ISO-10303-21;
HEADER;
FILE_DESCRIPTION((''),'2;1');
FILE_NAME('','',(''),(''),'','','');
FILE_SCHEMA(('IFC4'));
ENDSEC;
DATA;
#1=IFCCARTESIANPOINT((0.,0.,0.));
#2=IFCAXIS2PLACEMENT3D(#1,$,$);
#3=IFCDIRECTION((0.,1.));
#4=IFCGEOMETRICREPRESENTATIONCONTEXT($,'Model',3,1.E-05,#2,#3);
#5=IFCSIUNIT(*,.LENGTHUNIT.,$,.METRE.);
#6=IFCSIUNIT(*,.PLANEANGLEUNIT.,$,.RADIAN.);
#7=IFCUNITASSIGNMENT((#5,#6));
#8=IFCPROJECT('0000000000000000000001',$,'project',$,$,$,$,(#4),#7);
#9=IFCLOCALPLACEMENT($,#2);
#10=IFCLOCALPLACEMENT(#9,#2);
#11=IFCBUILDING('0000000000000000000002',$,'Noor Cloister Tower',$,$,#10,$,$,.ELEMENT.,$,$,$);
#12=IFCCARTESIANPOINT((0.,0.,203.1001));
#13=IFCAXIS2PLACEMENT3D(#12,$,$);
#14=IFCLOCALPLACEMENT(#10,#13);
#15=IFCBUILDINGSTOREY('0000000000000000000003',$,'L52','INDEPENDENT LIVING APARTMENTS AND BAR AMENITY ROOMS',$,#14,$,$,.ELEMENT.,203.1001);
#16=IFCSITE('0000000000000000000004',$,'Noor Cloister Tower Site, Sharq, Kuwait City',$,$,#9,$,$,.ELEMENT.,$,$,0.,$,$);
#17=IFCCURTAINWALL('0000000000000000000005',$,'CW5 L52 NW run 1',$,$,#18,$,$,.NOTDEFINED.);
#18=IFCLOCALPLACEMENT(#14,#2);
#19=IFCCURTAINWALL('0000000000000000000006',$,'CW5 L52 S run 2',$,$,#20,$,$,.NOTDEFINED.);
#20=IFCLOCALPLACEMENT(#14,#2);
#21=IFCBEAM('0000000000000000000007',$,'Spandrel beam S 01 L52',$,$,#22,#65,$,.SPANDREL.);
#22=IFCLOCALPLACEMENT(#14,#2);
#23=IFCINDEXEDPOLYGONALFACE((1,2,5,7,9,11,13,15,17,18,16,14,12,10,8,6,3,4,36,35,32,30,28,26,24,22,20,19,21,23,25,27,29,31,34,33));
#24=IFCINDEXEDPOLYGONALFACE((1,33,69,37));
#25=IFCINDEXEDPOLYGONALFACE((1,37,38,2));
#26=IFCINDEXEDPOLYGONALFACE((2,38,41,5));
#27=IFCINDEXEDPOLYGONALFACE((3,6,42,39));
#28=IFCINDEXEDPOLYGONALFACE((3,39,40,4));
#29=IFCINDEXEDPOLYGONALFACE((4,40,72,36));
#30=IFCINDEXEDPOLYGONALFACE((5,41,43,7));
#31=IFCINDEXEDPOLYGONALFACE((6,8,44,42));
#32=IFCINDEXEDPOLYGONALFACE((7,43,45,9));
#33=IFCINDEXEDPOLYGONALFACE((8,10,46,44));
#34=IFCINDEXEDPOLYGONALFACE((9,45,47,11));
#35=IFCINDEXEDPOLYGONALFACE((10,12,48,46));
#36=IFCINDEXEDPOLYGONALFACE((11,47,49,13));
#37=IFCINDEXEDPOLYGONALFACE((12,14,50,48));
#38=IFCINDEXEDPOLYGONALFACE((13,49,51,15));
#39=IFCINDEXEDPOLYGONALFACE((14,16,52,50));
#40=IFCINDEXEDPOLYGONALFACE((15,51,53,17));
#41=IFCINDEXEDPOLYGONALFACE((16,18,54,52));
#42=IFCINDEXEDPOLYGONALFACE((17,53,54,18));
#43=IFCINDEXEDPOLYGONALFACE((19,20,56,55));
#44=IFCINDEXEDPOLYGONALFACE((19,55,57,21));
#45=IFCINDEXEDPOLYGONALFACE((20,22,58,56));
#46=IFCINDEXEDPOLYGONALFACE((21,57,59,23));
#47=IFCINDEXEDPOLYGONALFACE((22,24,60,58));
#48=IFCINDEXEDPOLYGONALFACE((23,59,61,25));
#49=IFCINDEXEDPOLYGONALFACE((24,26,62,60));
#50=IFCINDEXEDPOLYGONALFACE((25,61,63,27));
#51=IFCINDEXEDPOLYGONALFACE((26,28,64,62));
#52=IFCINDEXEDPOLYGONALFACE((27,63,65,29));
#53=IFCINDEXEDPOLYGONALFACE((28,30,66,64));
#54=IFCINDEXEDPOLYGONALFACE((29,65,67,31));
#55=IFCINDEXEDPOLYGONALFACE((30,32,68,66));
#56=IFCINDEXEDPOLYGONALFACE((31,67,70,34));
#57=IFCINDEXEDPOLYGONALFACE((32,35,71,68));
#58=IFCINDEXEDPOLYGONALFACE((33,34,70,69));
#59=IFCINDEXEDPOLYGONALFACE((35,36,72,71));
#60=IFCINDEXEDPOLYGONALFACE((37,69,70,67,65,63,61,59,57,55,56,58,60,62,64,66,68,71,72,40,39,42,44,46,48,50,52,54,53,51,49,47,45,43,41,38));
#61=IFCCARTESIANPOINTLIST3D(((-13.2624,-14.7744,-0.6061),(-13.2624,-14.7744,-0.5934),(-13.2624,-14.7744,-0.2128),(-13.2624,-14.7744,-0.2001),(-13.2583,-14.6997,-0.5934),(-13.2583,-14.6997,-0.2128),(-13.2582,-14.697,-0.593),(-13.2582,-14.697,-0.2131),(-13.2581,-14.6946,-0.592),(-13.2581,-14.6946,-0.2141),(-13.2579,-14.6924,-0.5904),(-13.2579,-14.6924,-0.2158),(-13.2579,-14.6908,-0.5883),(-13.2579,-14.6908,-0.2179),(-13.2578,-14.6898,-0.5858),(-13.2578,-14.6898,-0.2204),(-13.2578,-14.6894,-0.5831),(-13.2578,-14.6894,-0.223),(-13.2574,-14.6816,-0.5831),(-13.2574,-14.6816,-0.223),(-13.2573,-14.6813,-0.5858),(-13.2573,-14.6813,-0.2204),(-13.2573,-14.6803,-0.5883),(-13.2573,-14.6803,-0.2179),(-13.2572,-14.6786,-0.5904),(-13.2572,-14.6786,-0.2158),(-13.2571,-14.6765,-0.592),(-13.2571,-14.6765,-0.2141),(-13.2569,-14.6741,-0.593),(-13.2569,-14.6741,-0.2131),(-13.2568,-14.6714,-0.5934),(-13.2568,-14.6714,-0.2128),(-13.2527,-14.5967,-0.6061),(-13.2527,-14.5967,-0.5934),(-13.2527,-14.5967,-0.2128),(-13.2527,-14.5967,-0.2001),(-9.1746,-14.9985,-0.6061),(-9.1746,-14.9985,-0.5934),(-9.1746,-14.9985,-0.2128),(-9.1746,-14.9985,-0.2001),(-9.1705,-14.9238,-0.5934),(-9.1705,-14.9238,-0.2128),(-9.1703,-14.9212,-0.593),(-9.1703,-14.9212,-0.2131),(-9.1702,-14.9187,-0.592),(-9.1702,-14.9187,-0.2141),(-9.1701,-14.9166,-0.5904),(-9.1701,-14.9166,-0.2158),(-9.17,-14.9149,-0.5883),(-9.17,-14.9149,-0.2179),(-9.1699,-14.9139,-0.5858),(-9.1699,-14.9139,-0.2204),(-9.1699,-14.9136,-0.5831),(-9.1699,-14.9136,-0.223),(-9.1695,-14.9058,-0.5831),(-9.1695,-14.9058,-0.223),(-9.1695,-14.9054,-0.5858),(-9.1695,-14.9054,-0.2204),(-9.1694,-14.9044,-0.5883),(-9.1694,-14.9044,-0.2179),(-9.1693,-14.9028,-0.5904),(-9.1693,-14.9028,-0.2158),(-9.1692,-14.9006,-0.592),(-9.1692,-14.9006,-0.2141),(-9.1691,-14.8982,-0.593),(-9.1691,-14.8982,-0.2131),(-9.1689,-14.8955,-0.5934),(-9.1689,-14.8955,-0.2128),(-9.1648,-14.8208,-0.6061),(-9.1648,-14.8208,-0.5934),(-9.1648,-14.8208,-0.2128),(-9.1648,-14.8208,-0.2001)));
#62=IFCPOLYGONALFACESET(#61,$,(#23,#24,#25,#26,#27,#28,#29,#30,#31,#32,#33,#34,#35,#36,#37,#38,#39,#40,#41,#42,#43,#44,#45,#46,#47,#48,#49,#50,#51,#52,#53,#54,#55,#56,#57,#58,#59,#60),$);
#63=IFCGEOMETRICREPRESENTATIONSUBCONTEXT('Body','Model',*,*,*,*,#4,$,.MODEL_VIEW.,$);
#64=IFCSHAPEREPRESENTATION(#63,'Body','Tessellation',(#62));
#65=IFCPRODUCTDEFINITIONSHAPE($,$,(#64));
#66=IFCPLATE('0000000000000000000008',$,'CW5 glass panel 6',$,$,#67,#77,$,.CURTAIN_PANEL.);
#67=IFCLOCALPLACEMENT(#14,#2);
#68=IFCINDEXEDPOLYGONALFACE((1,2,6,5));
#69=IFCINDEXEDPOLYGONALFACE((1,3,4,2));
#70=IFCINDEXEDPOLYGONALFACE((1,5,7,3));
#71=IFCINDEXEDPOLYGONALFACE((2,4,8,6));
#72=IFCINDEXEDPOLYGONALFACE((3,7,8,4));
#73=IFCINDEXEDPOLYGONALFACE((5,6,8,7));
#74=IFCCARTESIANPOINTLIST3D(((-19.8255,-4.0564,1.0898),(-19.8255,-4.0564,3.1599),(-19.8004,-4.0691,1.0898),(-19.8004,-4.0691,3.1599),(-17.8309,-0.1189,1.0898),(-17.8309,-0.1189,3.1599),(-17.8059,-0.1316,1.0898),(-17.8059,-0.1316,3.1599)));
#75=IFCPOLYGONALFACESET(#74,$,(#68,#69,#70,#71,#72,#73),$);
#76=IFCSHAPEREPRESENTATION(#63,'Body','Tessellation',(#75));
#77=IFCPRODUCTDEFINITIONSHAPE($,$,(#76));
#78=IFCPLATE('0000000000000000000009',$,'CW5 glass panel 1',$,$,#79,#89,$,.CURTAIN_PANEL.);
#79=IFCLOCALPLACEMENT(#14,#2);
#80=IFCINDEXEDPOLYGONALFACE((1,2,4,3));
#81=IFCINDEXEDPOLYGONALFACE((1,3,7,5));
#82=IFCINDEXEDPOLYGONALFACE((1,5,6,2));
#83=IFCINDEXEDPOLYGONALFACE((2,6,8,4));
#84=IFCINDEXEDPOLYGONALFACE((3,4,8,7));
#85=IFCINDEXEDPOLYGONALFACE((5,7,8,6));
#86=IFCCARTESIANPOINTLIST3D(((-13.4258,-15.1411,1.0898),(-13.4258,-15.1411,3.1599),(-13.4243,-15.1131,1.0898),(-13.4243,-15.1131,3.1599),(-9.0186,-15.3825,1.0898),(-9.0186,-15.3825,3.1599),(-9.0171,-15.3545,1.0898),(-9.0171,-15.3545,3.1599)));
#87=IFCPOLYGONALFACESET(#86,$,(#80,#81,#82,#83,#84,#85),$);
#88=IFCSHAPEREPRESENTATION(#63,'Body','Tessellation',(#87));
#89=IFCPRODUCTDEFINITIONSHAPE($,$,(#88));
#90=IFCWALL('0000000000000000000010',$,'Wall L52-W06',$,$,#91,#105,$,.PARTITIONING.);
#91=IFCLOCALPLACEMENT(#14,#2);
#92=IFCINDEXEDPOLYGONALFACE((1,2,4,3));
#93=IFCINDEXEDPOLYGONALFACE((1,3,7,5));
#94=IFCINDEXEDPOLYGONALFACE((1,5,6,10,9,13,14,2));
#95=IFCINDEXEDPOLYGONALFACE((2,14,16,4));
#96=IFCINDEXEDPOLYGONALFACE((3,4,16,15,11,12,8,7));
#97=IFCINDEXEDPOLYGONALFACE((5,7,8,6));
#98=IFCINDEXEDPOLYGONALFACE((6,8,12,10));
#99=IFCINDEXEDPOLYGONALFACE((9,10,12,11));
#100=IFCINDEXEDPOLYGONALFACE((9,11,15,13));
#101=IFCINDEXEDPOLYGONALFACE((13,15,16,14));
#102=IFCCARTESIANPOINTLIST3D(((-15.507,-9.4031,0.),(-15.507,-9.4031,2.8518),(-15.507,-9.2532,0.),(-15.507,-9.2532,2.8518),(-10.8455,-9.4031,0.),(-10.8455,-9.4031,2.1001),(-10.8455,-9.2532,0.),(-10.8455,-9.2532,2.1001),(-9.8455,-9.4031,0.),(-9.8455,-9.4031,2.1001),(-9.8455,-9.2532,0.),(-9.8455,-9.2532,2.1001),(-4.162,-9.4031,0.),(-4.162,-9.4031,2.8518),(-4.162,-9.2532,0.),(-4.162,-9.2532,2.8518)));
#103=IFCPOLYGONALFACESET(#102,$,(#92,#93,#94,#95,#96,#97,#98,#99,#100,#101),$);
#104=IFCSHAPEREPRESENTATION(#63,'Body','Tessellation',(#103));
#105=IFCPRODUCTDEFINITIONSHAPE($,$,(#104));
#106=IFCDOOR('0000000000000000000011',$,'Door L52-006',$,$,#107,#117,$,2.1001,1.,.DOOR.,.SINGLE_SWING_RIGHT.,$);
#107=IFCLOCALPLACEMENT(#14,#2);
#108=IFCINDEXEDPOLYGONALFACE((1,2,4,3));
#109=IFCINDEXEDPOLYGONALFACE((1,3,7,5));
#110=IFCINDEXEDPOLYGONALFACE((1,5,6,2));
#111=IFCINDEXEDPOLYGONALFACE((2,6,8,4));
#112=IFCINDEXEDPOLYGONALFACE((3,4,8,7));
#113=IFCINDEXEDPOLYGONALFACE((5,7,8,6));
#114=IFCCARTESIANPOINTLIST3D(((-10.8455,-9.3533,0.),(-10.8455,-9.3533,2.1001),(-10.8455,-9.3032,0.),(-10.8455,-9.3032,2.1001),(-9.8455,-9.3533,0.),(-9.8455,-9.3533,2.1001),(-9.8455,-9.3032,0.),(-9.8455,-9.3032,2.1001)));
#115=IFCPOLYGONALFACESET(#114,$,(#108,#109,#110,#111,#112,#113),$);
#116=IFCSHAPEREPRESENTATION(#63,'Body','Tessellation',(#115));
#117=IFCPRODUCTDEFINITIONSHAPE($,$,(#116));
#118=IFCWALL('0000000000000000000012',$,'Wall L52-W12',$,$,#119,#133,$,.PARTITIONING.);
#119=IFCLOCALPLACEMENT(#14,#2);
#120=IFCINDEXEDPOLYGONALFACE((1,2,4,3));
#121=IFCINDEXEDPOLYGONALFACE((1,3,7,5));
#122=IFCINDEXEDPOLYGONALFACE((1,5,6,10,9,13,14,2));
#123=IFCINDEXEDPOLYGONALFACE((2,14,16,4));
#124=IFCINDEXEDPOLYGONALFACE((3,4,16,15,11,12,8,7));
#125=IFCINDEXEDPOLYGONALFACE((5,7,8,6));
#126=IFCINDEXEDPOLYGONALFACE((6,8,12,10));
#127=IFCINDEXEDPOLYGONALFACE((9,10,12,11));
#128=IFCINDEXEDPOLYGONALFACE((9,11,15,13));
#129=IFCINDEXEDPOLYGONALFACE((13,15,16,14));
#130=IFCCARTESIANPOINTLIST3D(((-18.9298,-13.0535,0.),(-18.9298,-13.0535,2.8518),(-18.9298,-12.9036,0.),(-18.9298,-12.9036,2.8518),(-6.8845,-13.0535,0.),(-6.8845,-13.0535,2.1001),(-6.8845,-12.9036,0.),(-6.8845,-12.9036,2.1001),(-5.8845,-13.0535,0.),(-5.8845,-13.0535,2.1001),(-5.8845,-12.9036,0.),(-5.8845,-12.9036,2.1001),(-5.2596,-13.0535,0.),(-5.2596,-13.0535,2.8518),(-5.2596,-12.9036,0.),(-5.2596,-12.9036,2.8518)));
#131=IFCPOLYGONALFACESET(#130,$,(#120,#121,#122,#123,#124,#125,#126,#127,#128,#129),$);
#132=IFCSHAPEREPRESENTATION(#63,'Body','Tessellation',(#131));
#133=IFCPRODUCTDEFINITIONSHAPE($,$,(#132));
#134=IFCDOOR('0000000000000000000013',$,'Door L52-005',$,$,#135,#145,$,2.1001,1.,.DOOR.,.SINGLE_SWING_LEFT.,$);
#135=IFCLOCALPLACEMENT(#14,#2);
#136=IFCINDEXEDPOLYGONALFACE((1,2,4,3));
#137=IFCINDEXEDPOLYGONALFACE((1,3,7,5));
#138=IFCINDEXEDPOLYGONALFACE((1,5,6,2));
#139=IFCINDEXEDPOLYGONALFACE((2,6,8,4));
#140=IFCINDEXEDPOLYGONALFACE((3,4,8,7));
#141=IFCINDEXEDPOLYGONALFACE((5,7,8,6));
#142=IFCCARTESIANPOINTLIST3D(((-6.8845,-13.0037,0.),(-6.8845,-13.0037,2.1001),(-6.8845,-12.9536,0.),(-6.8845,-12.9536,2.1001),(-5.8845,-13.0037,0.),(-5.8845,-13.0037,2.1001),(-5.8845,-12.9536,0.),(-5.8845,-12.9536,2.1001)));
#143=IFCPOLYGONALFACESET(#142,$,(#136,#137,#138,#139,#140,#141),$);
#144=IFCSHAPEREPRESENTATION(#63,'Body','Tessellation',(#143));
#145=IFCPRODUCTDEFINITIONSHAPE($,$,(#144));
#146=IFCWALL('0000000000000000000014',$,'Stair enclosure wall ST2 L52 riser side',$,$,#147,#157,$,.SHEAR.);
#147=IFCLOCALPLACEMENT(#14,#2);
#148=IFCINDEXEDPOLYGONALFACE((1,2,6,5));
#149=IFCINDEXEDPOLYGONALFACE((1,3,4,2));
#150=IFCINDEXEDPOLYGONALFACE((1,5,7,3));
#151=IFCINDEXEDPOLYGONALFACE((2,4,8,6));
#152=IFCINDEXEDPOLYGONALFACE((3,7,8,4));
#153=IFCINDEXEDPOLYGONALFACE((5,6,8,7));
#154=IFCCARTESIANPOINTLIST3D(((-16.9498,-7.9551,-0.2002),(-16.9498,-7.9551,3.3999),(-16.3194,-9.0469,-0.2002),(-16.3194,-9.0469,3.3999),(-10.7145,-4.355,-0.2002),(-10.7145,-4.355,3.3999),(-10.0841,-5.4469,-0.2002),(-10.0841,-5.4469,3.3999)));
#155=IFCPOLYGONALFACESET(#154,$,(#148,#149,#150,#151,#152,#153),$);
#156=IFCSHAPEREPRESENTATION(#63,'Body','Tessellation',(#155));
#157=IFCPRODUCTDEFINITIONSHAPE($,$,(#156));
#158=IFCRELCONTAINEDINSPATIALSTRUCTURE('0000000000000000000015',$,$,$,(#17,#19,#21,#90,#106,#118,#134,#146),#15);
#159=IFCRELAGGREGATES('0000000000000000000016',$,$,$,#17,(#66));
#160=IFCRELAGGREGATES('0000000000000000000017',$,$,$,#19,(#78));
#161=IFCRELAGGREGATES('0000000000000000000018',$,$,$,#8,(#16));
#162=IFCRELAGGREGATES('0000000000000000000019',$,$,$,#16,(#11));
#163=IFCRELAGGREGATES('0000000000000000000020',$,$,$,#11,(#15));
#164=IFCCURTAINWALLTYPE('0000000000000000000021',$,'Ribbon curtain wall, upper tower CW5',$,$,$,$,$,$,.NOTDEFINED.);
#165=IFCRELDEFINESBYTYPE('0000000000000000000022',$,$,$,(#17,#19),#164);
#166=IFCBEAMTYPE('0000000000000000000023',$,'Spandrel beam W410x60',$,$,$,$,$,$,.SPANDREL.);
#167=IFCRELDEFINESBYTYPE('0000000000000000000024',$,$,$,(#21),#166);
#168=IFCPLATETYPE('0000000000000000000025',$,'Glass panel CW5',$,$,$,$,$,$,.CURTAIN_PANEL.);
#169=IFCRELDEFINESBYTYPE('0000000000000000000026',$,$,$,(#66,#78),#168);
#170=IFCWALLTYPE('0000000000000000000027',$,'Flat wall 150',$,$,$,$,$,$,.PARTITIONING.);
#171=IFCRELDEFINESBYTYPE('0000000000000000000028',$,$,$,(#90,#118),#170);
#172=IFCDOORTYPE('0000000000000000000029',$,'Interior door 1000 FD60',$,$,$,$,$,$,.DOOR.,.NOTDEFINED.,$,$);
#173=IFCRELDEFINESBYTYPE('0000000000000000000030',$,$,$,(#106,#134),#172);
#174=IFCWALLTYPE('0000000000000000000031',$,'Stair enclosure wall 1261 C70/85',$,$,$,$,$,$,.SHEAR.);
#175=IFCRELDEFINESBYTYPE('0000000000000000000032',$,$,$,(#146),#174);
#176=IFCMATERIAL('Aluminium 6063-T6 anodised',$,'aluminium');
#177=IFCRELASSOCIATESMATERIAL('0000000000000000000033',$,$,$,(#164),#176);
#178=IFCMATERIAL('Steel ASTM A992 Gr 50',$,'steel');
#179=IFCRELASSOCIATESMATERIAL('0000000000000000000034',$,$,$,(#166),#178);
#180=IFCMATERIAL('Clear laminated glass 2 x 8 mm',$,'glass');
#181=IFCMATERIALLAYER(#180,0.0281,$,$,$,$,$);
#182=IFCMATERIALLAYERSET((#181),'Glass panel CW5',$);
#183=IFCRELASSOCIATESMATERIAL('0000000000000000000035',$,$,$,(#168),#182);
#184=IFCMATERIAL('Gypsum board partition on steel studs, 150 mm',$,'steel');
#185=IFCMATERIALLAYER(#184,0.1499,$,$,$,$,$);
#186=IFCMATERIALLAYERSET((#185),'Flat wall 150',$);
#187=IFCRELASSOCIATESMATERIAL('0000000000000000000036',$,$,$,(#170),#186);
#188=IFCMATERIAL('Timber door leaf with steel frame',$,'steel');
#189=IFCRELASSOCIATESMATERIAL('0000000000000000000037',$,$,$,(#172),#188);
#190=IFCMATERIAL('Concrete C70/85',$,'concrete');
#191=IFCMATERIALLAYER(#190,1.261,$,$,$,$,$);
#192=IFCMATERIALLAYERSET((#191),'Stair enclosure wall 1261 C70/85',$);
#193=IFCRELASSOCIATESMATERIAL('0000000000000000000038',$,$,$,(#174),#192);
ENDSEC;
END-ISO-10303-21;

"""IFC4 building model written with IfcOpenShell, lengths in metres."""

from ifc_helpers import new_model, si_unit, direction, frame, frame_2d, origin, origin_2d, place, context, subcontext, project, spatial, rectangle, i_section, extrude, material, layer, layer_set, material_profile, profile_set, type_object, element, fill, aggregate, save


model = new_model("IFC4")

# Units and contexts
model_context = context("Model", 3, precision=1e-05, world=origin(), true_north=direction((0.0, 1.0)))
body_context = subcontext(model_context, "Body", "Model", "MODEL_VIEW")
ifc_project = project(units=[si_unit("LENGTHUNIT", "METRE"), si_unit("PLANEANGLEUNIT", "RADIAN")], contexts=[model_context])

# Site, building, storey
site_placement = place(None, origin())
site = spatial("IfcSite", under=ifc_project, at=site_placement, Name="Noor Cloister Tower Site, Sharq, Kuwait City", CompositionType="ELEMENT", RefElevation=0.0)
building_placement = place(site_placement, origin())
building = spatial("IfcBuilding", under=site, at=building_placement, Name="Noor Cloister Tower", CompositionType="ELEMENT")
storey_placement = place(building_placement, frame((0.0, 0.0, 203.1001)))
storey = spatial("IfcBuildingStorey", under=building, at=storey_placement, Name="L52", Description="INDEPENDENT LIVING APARTMENTS AND BAR AMENITY ROOMS", CompositionType="ELEMENT", Elevation=203.1001)

# Curtain wall
ifc_material_1 = material(Name="Aluminium 6063-T6 anodised", Category="aluminium")
curtain_wall_type = type_object("IfcCurtainWallType", Name="Ribbon curtain wall, upper tower CW5", PredefinedType="NOTDEFINED", material=ifc_material_1)
curtain_wall_1_placement = place(storey_placement, origin())
curtain_wall_1 = element("IfcCurtainWall", 1, at=curtain_wall_1_placement, inside=storey, type_object=curtain_wall_type, Name="CW5 L52 NW run 1", PredefinedType="NOTDEFINED")

# Curtain wall
curtain_wall_2_placement = place(storey_placement, origin())
curtain_wall_2 = element("IfcCurtainWall", 2, at=curtain_wall_2_placement, inside=storey, type_object=curtain_wall_type, Name="CW5 L52 S run 2", PredefinedType="NOTDEFINED")

# Beam
ifc_material_2 = material(Name="Steel ASTM A992 Gr 50", Category="steel")
ifc_material_profile_1 = material_profile(ifc_material_2, i_section(OverallWidth=0.178, OverallDepth=0.406, WebThickness=0.0078, FlangeThickness=0.0127, FilletRadius=0.0103, at=origin_2d()), Name="W410x60")
ifc_profile_set_1 = profile_set([ifc_material_profile_1], Name="Steel ASTM A992 Gr 50")
beam_type_1 = type_object("IfcBeamType", Name="Spandrel beam W410x60", PredefinedType="SPANDREL", material=ifc_profile_set_1)
for number, where, z_axis, x_axis, name in (
    (3, (-13.2576, -14.6855, -0.4031), (0.9985, -0.054743, 0.0), (0.054743, 0.9985, 0.0), "Spandrel beam S 01 L52"),
):
    element("IfcBeam", number, at=place(storey_placement, frame(where, z_axis=z_axis, x_axis=x_axis)), inside=storey, type_object=beam_type_1, Name=name, PredefinedType="SPANDREL", context=body_context, shape_type="SweptSolid", body=[
        extrude(i_section(OverallWidth=0.178, OverallDepth=0.406, WebThickness=0.0078, FlangeThickness=0.0127, FilletRadius=0.0103, at=origin_2d()), origin(), (0.0, 0.0, 1.0), 4.094),
    ])

# Plates
ifc_material_3 = material(Name="Clear laminated glass 2 x 8 mm", Category="glass")
ifc_layer_1 = layer(ifc_material_3, 0.0281)
ifc_layer_set_1 = layer_set([ifc_layer_1], Name="Glass panel CW5")
plate_type = type_object("IfcPlateType", Name="Glass panel CW5", PredefinedType="CURTAIN_PANEL", material=ifc_layer_set_1)
plate_1_placement = place(storey_placement, frame((-18.8157, -2.094, 1.0898), z_axis=(0.0, 0.0, 1.0), x_axis=(-0.451879, -0.892079, 0.0)))
plate_1 = element("IfcPlate", 4, at=plate_1_placement, type_object=plate_type, Name="CW5 glass panel 6", PredefinedType="CURTAIN_PANEL", context=body_context, shape_type="SweptSolid", body=[
    extrude(rectangle(XDim=4.4138, YDim=0.0281, at=origin_2d()), origin(), (0.0, 0.0, 1.0), 2.0701),
])
aggregate(curtain_wall_1, [plate_1])
plate_2_placement = place(storey_placement, frame((-11.2214, -15.2478, 1.0898), z_axis=(0.0, 0.0, 1.0), x_axis=(0.998503, -0.054701, 0.0)))
plate_2 = element("IfcPlate", 5, at=plate_2_placement, type_object=plate_type, Name="CW5 glass panel 1", PredefinedType="CURTAIN_PANEL", context=body_context, shape_type="SweptSolid", body=[
    extrude(rectangle(XDim=4.4138, YDim=0.0281, at=origin_2d()), origin(), (0.0, 0.0, 1.0), 2.0701),
])
aggregate(curtain_wall_2, [plate_2])

# Walls, openings, doors
ifc_material_4 = material(Name="Gypsum board partition on steel studs, 150 mm", Category="steel")
ifc_layer_2 = layer(ifc_material_4, 0.1499)
ifc_layer_set_2 = layer_set([ifc_layer_2], Name="Flat wall 150")
wall_type_1 = type_object("IfcWallType", Name="Flat wall 150", PredefinedType="PARTITIONING", material=ifc_layer_set_2)
wall_1_placement = place(storey_placement, frame((-15.5068, -9.3281, 0.0), z_axis=(0.0, 0.0, 1.0), x_axis=(1.0, 0.0, 0.0)))
wall_1 = element("IfcWall", 6, at=wall_1_placement, inside=storey, type_object=wall_type_1, Name="Wall L52-W06", PredefinedType="PARTITIONING", context=body_context, shape_type="SweptSolid", body=[
    extrude(rectangle(XDim=11.345, YDim=0.1499, at=frame_2d((5.6724, 0.0))), origin(), (0.0, 0.0, 1.0), 2.8518),
])
opening_1_placement = place(wall_1_placement, frame((4.6614, 0.0, 0.0)))
opening_1 = element("IfcOpeningElement", 7, at=opening_1_placement, cuts=wall_1, PredefinedType="OPENING", context=body_context, shape_type="SweptSolid", body=[
    extrude(rectangle(XDim=1.0, YDim=2.1001, at=frame_2d((0.5, 1.05))), frame((0.0, 0.085, 0.0), z_axis=(0.0, -1.0, 0.0), x_axis=(1.0, 0.0, 0.0)), (0.0, 0.0, 1.0), 0.1699),
])
ifc_material_5 = material(Name="Timber door leaf with steel frame", Category="steel")
door_type_1 = type_object("IfcDoorType", Name="Interior door 1000 FD60", OperationType="NOTDEFINED", PredefinedType="DOOR", material=ifc_material_5)
door_1_placement = place(opening_1_placement, origin())
door_1 = element("IfcDoor", 8, at=door_1_placement, inside=storey, type_object=door_type_1, Name="Door L52-006", OperationType="SINGLE_SWING_RIGHT", OverallHeight=2.1001, OverallWidth=1.0, PredefinedType="DOOR", context=body_context, shape_type="SweptSolid", body=[
    extrude(rectangle(XDim=1.0, YDim=2.1001, at=frame_2d((0.5, 1.05))), frame((0.0, 0.0249, 0.0), z_axis=(0.0, -1.0, 0.0), x_axis=(1.0, 0.0, 0.0)), (0.0, 0.0, 1.0), 0.05),
])
fill(opening_1, door_1)
wall_2_placement = place(storey_placement, frame((-18.9297, -12.9785, 0.0), z_axis=(0.0, 0.0, 1.0), x_axis=(1.0, 0.0, 0.0)))
wall_2 = element("IfcWall", 9, at=wall_2_placement, inside=storey, type_object=wall_type_1, Name="Wall L52-W12", PredefinedType="PARTITIONING", context=body_context, shape_type="SweptSolid", body=[
    extrude(rectangle(XDim=13.6702, YDim=0.1499, at=frame_2d((6.835, 0.0))), origin(), (0.0, 0.0, 1.0), 2.8518),
])
opening_2_placement = place(wall_2_placement, frame((12.0452, 0.0, 0.0)))
opening_2 = element("IfcOpeningElement", 10, at=opening_2_placement, cuts=wall_2, PredefinedType="OPENING", context=body_context, shape_type="SweptSolid", body=[
    extrude(rectangle(XDim=1.0, YDim=2.1001, at=frame_2d((0.5, 1.05))), frame((0.0, 0.085, 0.0), z_axis=(0.0, -1.0, 0.0), x_axis=(1.0, 0.0, 0.0)), (0.0, 0.0, 1.0), 0.1699),
])
door_2_placement = place(opening_2_placement, origin())
door_2 = element("IfcDoor", 11, at=door_2_placement, inside=storey, type_object=door_type_1, Name="Door L52-005", OperationType="SINGLE_SWING_LEFT", OverallHeight=2.1001, OverallWidth=1.0, PredefinedType="DOOR", context=body_context, shape_type="SweptSolid", body=[
    extrude(rectangle(XDim=1.0, YDim=2.1001, at=frame_2d((0.5, 1.05))), frame((0.0, 0.0249, 0.0), z_axis=(0.0, -1.0, 0.0), x_axis=(1.0, 0.0, 0.0)), (0.0, 0.0, 1.0), 0.05),
])
fill(opening_2, door_2)

# Wall
ifc_material_6 = material(Name="Concrete C70/85", Category="concrete")
ifc_layer_3 = layer(ifc_material_6, 1.261)
ifc_layer_set_3 = layer_set([ifc_layer_3], Name="Stair enclosure wall 1261 C70/85")
wall_type_2 = type_object("IfcWallType", Name="Stair enclosure wall 1261 C70/85", PredefinedType="SHEAR", material=ifc_layer_set_3)
wall_3_placement = place(storey_placement, frame((-10.3992, -4.9009, -0.2002), z_axis=(0.0, 0.0, 1.0), x_axis=(-0.866018, -0.500012, 0.0)))
element("IfcWall", 12, at=wall_3_placement, inside=storey, type_object=wall_type_2, Name="Stair enclosure wall ST2 L52 riser side", PredefinedType="SHEAR", context=body_context, shape_type="SweptSolid", body=[
    extrude(rectangle(XDim=7.2, YDim=1.2607, at=frame_2d((3.6001, 0.0))), origin(), (0.0, 0.0, 1.0), 3.6001),
])

save(model, "model.ifc")
